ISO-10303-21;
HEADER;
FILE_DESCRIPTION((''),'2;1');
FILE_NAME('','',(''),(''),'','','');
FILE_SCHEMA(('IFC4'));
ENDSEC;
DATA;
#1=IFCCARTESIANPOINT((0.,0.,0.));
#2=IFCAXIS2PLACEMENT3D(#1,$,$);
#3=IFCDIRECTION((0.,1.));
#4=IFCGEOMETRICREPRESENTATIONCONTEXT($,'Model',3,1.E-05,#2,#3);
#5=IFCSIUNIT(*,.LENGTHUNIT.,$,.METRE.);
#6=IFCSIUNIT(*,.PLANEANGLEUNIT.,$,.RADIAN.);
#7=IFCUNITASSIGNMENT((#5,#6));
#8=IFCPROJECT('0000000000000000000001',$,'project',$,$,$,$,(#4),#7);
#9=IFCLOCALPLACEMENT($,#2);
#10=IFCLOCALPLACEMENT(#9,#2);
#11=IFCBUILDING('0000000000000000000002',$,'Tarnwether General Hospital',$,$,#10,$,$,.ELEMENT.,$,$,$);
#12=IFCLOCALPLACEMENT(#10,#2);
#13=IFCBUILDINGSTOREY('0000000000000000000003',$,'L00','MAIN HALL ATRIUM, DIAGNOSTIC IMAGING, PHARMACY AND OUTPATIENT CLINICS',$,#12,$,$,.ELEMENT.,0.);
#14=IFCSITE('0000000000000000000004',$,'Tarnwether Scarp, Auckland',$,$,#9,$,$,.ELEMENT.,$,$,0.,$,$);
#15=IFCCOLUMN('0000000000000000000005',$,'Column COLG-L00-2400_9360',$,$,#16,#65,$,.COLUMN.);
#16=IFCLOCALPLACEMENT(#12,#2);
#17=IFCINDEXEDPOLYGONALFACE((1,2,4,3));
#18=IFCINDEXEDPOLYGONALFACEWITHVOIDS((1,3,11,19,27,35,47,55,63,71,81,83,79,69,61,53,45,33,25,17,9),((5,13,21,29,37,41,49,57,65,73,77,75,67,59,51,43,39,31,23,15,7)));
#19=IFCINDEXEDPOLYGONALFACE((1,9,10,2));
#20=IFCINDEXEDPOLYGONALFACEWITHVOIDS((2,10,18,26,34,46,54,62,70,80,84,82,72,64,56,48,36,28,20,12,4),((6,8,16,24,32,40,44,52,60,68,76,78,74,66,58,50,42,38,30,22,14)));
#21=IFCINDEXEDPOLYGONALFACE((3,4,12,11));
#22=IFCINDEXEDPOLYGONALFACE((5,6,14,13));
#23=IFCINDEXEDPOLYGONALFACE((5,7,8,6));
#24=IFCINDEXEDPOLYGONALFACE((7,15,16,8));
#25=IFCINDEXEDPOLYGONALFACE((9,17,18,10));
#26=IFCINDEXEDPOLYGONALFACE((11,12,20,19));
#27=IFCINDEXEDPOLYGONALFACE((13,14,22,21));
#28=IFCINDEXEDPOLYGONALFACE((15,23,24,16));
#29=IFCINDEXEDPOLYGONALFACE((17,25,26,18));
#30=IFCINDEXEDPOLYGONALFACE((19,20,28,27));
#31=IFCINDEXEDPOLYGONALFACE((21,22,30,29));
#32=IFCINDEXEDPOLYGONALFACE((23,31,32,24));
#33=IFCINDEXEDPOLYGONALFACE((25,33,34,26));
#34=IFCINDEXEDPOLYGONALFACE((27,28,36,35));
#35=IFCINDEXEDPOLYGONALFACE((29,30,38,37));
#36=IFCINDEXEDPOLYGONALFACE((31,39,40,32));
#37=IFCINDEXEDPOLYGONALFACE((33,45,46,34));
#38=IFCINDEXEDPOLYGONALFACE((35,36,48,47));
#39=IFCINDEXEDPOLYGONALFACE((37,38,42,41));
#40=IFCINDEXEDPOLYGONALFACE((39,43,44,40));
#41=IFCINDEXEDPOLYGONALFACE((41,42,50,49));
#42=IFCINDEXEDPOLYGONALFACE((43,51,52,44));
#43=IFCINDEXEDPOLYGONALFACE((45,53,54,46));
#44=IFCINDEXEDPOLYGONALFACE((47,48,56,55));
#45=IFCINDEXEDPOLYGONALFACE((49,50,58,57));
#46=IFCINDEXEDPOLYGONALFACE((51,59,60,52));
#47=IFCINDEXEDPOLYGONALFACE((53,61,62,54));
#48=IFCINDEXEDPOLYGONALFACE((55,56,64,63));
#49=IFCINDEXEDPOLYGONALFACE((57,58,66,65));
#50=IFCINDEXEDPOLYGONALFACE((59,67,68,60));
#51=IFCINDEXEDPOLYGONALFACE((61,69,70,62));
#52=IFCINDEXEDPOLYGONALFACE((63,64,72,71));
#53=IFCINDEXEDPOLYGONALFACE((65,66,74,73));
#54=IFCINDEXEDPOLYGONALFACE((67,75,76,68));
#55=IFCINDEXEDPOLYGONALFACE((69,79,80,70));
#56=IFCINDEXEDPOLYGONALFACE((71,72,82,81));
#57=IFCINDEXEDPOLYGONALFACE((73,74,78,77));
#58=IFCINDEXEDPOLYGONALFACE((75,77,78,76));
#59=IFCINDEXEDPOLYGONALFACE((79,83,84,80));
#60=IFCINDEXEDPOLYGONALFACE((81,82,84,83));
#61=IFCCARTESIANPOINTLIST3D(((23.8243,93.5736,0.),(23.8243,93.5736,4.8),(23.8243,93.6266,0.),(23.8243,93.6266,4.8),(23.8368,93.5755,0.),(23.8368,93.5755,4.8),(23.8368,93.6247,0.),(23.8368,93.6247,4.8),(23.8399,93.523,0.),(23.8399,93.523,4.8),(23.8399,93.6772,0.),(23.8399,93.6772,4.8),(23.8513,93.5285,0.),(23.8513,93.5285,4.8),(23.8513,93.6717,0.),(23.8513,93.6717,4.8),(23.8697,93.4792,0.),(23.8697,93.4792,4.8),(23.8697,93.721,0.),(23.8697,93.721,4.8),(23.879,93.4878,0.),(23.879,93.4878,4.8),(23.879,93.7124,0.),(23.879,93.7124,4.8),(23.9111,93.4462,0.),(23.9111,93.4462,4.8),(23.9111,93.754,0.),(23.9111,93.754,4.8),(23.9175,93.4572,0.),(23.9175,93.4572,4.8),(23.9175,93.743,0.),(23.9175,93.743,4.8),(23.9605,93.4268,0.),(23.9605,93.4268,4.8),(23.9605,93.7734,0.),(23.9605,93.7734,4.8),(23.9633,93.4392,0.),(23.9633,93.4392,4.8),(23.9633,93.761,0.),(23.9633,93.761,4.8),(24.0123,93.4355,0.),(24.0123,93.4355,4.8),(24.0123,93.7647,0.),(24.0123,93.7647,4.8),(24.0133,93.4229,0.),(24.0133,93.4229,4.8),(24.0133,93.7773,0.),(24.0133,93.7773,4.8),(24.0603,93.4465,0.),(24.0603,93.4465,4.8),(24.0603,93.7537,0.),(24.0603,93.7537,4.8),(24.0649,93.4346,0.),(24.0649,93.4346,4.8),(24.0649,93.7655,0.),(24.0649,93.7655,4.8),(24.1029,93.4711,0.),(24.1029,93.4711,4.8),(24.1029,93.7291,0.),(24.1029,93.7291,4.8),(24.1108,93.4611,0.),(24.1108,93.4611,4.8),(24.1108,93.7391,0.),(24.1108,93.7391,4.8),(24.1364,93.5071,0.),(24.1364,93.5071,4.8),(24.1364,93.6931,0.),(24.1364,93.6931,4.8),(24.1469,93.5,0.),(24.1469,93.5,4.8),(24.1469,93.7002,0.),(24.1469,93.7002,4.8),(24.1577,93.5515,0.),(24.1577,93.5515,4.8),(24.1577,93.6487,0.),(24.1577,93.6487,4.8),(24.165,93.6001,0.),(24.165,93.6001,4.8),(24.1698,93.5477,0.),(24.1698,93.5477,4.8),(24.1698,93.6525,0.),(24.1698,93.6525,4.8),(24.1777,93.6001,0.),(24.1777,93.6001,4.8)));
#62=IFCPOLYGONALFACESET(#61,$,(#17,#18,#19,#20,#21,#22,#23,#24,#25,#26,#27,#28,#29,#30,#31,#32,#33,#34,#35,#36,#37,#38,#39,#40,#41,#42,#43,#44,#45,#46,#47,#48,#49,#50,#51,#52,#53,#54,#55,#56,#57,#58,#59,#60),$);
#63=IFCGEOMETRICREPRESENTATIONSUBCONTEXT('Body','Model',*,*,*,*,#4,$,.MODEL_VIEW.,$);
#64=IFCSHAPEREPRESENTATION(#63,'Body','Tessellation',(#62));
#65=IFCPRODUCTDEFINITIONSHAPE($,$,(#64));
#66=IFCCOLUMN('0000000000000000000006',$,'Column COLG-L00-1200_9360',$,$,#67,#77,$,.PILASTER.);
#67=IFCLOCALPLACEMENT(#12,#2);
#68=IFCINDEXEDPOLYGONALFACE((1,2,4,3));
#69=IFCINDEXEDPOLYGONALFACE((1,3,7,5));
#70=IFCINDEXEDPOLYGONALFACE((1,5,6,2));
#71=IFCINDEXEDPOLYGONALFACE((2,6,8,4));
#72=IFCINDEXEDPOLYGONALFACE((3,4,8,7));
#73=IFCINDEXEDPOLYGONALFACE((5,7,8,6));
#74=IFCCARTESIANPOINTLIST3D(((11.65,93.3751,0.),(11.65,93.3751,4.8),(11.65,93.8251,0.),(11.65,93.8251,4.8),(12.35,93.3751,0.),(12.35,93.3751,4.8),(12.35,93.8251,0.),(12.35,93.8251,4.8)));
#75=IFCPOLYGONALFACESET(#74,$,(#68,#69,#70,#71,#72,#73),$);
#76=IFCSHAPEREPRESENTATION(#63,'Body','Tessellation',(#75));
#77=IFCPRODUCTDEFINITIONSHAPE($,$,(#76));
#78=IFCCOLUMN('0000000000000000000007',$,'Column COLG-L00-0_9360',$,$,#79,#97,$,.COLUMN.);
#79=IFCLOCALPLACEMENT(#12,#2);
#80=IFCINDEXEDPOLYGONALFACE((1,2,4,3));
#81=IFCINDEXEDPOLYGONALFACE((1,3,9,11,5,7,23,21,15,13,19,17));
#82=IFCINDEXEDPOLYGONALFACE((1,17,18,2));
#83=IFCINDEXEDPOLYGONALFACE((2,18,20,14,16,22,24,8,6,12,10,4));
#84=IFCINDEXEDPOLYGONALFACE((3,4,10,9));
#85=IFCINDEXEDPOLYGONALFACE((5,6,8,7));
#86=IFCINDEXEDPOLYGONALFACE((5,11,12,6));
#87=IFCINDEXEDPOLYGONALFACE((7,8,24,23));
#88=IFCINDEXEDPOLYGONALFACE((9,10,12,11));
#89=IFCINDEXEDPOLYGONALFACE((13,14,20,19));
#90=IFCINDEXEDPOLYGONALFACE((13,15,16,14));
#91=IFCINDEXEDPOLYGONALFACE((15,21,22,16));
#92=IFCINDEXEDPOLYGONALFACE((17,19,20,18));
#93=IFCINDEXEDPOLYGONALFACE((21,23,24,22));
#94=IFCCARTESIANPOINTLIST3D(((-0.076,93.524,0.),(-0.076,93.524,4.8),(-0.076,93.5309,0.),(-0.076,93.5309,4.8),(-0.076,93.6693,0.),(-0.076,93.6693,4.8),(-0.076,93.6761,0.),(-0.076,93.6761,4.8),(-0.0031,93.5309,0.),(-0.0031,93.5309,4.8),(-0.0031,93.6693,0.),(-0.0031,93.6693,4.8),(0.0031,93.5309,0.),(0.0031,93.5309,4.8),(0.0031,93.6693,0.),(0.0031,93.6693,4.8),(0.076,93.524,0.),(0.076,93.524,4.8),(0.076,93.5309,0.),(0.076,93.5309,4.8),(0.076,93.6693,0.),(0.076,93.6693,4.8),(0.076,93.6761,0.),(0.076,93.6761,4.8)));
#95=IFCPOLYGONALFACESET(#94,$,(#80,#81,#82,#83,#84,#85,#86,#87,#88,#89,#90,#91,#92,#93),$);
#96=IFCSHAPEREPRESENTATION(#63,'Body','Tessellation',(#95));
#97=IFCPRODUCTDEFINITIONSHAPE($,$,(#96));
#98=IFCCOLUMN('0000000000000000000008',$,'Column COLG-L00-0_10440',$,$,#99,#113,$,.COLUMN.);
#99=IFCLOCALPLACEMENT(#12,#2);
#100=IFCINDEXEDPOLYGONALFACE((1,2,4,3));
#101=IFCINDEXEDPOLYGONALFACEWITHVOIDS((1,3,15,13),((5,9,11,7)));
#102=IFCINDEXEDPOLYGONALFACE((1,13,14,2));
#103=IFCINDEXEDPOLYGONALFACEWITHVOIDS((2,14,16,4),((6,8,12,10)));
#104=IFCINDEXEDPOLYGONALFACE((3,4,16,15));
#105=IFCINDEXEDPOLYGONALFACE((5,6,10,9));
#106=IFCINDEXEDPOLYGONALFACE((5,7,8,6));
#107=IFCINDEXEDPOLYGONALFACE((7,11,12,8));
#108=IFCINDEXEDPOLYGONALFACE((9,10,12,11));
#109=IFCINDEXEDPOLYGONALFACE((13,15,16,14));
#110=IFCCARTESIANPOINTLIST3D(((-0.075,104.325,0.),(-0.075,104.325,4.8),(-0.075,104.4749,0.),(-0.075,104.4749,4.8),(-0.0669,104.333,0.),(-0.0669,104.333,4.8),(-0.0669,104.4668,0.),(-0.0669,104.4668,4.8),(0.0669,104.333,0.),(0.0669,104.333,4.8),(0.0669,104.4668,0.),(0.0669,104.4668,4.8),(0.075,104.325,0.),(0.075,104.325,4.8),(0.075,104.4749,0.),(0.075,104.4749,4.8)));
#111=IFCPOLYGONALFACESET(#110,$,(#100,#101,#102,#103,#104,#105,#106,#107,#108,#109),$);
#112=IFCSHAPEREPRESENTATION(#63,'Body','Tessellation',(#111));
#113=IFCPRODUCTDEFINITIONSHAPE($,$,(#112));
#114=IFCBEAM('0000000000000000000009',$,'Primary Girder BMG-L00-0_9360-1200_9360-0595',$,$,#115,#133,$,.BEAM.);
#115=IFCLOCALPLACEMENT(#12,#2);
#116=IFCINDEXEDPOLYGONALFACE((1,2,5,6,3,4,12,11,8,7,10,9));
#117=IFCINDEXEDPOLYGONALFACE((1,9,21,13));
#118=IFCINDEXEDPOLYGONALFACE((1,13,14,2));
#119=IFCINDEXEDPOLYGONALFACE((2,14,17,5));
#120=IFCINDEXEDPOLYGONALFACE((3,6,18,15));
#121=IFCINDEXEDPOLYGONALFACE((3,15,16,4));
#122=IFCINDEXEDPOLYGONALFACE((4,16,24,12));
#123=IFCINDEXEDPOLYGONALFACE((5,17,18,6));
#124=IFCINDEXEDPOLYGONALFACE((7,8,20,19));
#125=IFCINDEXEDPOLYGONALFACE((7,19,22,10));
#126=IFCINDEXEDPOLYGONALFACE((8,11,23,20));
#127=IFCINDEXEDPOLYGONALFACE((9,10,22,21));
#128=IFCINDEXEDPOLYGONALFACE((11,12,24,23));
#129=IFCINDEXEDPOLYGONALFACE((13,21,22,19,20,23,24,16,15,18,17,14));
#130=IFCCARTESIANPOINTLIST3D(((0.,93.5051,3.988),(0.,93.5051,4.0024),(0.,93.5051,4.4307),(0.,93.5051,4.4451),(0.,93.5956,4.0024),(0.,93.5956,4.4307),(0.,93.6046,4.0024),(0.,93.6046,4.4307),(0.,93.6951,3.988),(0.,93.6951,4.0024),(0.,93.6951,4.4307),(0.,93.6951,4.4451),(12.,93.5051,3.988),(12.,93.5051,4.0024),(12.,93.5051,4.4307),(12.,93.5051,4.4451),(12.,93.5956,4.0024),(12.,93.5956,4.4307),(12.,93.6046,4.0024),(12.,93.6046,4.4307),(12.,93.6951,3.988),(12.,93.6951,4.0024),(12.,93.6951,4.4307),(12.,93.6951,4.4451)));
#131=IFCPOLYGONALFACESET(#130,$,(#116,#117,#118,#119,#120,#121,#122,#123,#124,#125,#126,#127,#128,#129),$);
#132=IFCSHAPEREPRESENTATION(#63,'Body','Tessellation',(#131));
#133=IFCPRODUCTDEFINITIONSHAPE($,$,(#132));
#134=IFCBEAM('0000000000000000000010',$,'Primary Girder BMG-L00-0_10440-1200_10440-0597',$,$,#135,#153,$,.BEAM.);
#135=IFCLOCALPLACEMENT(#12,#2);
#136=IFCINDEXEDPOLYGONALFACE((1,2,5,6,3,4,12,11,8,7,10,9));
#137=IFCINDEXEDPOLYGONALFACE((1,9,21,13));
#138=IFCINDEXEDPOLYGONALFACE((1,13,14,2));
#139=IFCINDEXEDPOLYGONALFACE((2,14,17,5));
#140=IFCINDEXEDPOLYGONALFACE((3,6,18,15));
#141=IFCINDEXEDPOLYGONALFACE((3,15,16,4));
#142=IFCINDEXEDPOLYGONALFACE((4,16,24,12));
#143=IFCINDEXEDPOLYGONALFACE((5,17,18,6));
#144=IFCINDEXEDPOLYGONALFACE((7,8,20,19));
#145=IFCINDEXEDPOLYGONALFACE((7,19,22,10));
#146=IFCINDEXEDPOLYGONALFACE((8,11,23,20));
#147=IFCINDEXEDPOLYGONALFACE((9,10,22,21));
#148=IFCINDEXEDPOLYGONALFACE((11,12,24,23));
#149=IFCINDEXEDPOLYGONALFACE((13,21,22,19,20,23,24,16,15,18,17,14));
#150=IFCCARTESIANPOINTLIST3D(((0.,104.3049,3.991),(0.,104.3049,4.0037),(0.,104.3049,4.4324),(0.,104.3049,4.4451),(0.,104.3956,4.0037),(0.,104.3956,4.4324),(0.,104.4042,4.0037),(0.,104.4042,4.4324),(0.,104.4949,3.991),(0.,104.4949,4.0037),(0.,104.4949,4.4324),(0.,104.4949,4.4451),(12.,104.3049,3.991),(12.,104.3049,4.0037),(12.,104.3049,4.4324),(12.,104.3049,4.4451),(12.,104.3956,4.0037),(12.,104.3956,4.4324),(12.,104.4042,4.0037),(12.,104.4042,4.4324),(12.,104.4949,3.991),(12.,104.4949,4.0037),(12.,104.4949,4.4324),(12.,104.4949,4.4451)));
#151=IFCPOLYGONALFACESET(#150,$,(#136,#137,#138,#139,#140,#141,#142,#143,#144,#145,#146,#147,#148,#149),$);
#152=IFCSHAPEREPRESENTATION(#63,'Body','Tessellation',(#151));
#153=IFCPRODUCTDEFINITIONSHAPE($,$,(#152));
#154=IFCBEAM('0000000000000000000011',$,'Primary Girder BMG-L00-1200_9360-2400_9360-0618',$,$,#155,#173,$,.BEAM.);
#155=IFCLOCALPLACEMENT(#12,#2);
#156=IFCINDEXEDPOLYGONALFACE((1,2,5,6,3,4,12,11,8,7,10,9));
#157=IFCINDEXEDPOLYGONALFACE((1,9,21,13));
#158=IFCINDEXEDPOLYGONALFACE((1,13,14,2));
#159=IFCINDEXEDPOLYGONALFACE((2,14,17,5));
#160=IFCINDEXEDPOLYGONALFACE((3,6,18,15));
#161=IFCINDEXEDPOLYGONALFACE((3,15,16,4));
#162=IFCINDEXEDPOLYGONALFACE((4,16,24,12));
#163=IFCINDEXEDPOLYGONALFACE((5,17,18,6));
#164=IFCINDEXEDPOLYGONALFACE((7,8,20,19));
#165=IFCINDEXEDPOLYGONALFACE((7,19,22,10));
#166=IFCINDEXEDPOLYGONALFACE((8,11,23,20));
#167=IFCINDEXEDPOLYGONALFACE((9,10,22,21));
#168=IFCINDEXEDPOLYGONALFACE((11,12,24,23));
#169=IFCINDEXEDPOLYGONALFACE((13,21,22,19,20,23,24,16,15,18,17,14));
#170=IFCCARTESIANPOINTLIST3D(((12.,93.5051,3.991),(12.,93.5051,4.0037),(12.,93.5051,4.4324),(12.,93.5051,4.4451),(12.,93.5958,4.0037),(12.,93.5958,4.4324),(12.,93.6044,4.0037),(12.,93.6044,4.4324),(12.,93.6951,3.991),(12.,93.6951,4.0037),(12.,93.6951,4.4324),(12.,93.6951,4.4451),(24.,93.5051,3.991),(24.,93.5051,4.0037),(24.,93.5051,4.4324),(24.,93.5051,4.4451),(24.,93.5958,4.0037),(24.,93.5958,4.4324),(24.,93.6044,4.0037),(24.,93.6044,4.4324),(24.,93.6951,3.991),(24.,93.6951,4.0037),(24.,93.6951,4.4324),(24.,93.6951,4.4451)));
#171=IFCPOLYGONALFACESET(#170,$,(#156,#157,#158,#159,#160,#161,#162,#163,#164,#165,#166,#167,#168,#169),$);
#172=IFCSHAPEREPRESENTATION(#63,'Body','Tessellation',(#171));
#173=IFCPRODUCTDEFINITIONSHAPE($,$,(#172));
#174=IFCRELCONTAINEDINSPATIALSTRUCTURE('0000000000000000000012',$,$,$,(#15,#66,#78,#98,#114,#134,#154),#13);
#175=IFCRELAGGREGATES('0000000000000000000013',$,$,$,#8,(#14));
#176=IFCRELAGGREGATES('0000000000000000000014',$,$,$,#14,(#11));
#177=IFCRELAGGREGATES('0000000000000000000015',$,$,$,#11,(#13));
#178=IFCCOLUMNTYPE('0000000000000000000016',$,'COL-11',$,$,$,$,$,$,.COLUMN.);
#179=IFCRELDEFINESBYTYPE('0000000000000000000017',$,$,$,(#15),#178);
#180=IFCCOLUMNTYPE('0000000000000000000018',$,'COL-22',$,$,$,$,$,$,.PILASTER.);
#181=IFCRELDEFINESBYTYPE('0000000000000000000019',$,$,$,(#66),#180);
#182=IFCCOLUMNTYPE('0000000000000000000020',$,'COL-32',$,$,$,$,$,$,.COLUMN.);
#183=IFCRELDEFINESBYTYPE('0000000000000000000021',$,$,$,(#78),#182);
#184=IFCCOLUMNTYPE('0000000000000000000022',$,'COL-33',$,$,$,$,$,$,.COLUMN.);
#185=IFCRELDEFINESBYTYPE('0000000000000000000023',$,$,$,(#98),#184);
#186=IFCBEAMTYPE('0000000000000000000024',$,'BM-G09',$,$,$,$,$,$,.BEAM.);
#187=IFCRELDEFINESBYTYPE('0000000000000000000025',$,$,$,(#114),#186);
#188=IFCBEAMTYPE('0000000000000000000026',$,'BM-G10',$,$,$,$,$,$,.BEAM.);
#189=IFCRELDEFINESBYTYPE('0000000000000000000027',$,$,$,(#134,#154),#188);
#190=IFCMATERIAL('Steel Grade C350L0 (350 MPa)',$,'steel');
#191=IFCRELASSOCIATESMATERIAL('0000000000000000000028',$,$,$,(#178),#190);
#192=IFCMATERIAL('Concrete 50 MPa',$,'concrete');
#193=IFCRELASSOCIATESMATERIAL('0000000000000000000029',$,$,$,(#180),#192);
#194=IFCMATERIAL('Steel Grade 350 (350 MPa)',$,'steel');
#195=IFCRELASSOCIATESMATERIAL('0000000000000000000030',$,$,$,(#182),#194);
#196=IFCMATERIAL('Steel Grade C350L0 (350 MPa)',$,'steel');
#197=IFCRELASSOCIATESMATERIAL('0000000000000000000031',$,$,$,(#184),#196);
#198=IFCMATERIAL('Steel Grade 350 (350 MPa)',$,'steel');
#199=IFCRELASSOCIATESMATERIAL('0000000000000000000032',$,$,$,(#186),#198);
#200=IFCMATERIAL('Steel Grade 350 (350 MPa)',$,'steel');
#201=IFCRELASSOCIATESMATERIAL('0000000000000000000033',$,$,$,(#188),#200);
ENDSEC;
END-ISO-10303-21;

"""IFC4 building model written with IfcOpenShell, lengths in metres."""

from ifc_helpers import new_model, si_unit, direction, frame, origin, origin_2d, place, context, subcontext, project, spatial, rectangle, hollow_rectangle, hollow_circle, i_section, extrude, material, material_profile, profile_set, type_object, element, save


model = new_model("IFC4")

# Units and contexts
model_context = context("Model", 3, precision=1e-05, world=origin(), true_north=direction((0.0, 1.0)))
body_context = subcontext(model_context, "Body", "Model", "MODEL_VIEW")
ifc_project = project(units=[si_unit("LENGTHUNIT", "METRE"), si_unit("PLANEANGLEUNIT", "RADIAN")], contexts=[model_context])

# Site, building, storey
site_placement = place(None, origin())
site = spatial("IfcSite", under=ifc_project, at=site_placement, Name="Tarnwether Scarp, Auckland", CompositionType="ELEMENT", RefElevation=0.0)
building_placement = place(site_placement, origin())
building = spatial("IfcBuilding", under=site, at=building_placement, Name="Tarnwether General Hospital", CompositionType="ELEMENT")
storey_placement = place(building_placement, origin())
storey = spatial("IfcBuildingStorey", under=building, at=storey_placement, Name="L00", Description="MAIN HALL ATRIUM, DIAGNOSTIC IMAGING, PHARMACY AND OUTPATIENT CLINICS", CompositionType="ELEMENT", Elevation=0.0)

# Columns
ifc_material_1 = material(Name="Steel Grade C350L0 (350 MPa)", Category="steel")
ifc_material_profile_1 = material_profile(ifc_material_1, hollow_circle(Radius=0.1777, WallThickness=0.0127, at=origin_2d()), Name="CHS355.6x12.7")
ifc_profile_set_1 = profile_set([ifc_material_profile_1], Name="Steel Grade C350L0 (350 MPa)")
column_type_1 = type_object("IfcColumnType", Name="COL-11", PredefinedType="COLUMN", material=ifc_profile_set_1)
column_1_placement = place(storey_placement, frame((24.0, 93.6001, 0.0), z_axis=(0.0, 0.0, 1.0), x_axis=(1.0, 0.0, 0.0)))
element("IfcColumn", 1, at=column_1_placement, inside=storey, type_object=column_type_1, Name="Column COLG-L00-2400_9360", PredefinedType="COLUMN", context=body_context, shape_type="SweptSolid", body=[
    extrude(hollow_circle(Radius=0.1777, WallThickness=0.0127, at=origin_2d()), origin(), (0.0, 0.0, 1.0), 4.8),
])
ifc_material_2 = material(Name="Concrete 50 MPa", Category="concrete")
ifc_material_profile_2 = material_profile(ifc_material_2, rectangle(XDim=0.45, YDim=0.7, at=origin_2d()), Name="RC-PIL-450x700")
ifc_profile_set_2 = profile_set([ifc_material_profile_2], Name="Concrete 50 MPa")
column_type_2 = type_object("IfcColumnType", Name="COL-22", PredefinedType="PILASTER", material=ifc_profile_set_2)
column_2_placement = place(storey_placement, frame((12.0, 93.6001, 0.0), z_axis=(0.0, 0.0, 1.0), x_axis=(0.0, 1.0, 0.0)))
element("IfcColumn", 2, at=column_2_placement, inside=storey, type_object=column_type_2, Name="Column COLG-L00-1200_9360", PredefinedType="PILASTER", context=body_context, shape_type="SweptSolid", body=[
    extrude(rectangle(XDim=0.45, YDim=0.7, at=origin_2d()), origin(), (0.0, 0.0, 1.0), 4.8),
])
ifc_material_3 = material(Name="Steel Grade 350 (350 MPa)", Category="steel")
ifc_material_profile_3 = material_profile(ifc_material_3, i_section(OverallWidth=0.1521, OverallDepth=0.1521, WebThickness=0.0061, FlangeThickness=0.0068, at=origin_2d()), Name="150UC23.4")
ifc_profile_set_3 = profile_set([ifc_material_profile_3], Name="Steel Grade 350 (350 MPa)")
column_type_3 = type_object("IfcColumnType", Name="COL-32", PredefinedType="COLUMN", material=ifc_profile_set_3)
column_3_placement = place(storey_placement, frame((0.0, 93.6001, 0.0), z_axis=(0.0, 0.0, 1.0), x_axis=(1.0, 0.0, 0.0)))
element("IfcColumn", 3, at=column_3_placement, inside=storey, type_object=column_type_3, Name="Column COLG-L00-0_9360", PredefinedType="COLUMN", context=body_context, shape_type="SweptSolid", body=[
    extrude(i_section(OverallWidth=0.1521, OverallDepth=0.1521, WebThickness=0.0061, FlangeThickness=0.0068, at=origin_2d()), origin(), (0.0, 0.0, 1.0), 4.8),
])
ifc_material_4 = material(Name="Steel Grade C350L0 (350 MPa)", Category="steel")
ifc_material_profile_4 = material_profile(ifc_material_4, hollow_rectangle(XDim=0.1499, YDim=0.1499, WallThickness=0.0081, at=origin_2d()), Name="SHS150x150x8")
ifc_profile_set_4 = profile_set([ifc_material_profile_4], Name="Steel Grade C350L0 (350 MPa)")
column_type_4 = type_object("IfcColumnType", Name="COL-33", PredefinedType="COLUMN", material=ifc_profile_set_4)
column_4_placement = place(storey_placement, frame((0.0, 104.3999, 0.0), z_axis=(0.0, 0.0, 1.0), x_axis=(1.0, 0.0, 0.0)))
element("IfcColumn", 4, at=column_4_placement, inside=storey, type_object=column_type_4, Name="Column COLG-L00-0_10440", PredefinedType="COLUMN", context=body_context, shape_type="SweptSolid", body=[
    extrude(hollow_rectangle(XDim=0.1499, YDim=0.1499, WallThickness=0.0081, at=origin_2d()), origin(), (0.0, 0.0, 1.0), 4.8),
])

# Beams
ifc_material_5 = material(Name="Steel Grade 350 (350 MPa)", Category="steel")
ifc_material_profile_5 = material_profile(ifc_material_5, i_section(OverallWidth=0.1899, OverallDepth=0.457, WebThickness=0.009, FlangeThickness=0.0144, at=origin_2d()), Name="460UB74.6")
ifc_profile_set_5 = profile_set([ifc_material_profile_5], Name="Steel Grade 350 (350 MPa)")
beam_type_1 = type_object("IfcBeamType", Name="BM-G09", PredefinedType="BEAM", material=ifc_profile_set_5)
beam_1_placement = place(storey_placement, frame((0.0, 93.6001, 4.2166), z_axis=(1.0, 0.0, 0.0), x_axis=(0.0, 1.0, 0.0)))
element("IfcBeam", 5, at=beam_1_placement, inside=storey, type_object=beam_type_1, Name="Primary Girder BMG-L00-0_9360-1200_9360-0595", PredefinedType="BEAM", context=body_context, shape_type="SweptSolid", body=[
    extrude(i_section(OverallWidth=0.1899, OverallDepth=0.457, WebThickness=0.009, FlangeThickness=0.0144, at=origin_2d()), origin(), (0.0, 0.0, 1.0), 12.0),
])
ifc_material_6 = material(Name="Steel Grade 350 (350 MPa)", Category="steel")
ifc_material_profile_6 = material_profile(ifc_material_6, i_section(OverallWidth=0.1899, OverallDepth=0.4541, WebThickness=0.0085, FlangeThickness=0.0127, at=origin_2d()), Name="460UB67.1")
ifc_profile_set_6 = profile_set([ifc_material_profile_6], Name="Steel Grade 350 (350 MPa)")
beam_type_2 = type_object("IfcBeamType", Name="BM-G10", PredefinedType="BEAM", material=ifc_profile_set_6)
for number, where, z_axis, x_axis, name in (
    (6, (0.0, 104.3999, 4.218), (1.0, 0.0, 0.0), (0.0, 1.0, 0.0), "Primary Girder BMG-L00-0_10440-1200_10440-0597"),
    (7, (12.0, 93.6001, 4.218), (1.0, 0.0, 0.0), (0.0, 1.0, 0.0), "Primary Girder BMG-L00-1200_9360-2400_9360-0618"),
):
    element("IfcBeam", number, at=place(storey_placement, frame(where, z_axis=z_axis, x_axis=x_axis)), inside=storey, type_object=beam_type_2, Name=name, PredefinedType="BEAM", context=body_context, shape_type="SweptSolid", body=[
        extrude(i_section(OverallWidth=0.1899, OverallDepth=0.4541, WebThickness=0.0085, FlangeThickness=0.0127, at=origin_2d()), origin(), (0.0, 0.0, 1.0), 12.0),
    ])

save(model, "model.ifc")
